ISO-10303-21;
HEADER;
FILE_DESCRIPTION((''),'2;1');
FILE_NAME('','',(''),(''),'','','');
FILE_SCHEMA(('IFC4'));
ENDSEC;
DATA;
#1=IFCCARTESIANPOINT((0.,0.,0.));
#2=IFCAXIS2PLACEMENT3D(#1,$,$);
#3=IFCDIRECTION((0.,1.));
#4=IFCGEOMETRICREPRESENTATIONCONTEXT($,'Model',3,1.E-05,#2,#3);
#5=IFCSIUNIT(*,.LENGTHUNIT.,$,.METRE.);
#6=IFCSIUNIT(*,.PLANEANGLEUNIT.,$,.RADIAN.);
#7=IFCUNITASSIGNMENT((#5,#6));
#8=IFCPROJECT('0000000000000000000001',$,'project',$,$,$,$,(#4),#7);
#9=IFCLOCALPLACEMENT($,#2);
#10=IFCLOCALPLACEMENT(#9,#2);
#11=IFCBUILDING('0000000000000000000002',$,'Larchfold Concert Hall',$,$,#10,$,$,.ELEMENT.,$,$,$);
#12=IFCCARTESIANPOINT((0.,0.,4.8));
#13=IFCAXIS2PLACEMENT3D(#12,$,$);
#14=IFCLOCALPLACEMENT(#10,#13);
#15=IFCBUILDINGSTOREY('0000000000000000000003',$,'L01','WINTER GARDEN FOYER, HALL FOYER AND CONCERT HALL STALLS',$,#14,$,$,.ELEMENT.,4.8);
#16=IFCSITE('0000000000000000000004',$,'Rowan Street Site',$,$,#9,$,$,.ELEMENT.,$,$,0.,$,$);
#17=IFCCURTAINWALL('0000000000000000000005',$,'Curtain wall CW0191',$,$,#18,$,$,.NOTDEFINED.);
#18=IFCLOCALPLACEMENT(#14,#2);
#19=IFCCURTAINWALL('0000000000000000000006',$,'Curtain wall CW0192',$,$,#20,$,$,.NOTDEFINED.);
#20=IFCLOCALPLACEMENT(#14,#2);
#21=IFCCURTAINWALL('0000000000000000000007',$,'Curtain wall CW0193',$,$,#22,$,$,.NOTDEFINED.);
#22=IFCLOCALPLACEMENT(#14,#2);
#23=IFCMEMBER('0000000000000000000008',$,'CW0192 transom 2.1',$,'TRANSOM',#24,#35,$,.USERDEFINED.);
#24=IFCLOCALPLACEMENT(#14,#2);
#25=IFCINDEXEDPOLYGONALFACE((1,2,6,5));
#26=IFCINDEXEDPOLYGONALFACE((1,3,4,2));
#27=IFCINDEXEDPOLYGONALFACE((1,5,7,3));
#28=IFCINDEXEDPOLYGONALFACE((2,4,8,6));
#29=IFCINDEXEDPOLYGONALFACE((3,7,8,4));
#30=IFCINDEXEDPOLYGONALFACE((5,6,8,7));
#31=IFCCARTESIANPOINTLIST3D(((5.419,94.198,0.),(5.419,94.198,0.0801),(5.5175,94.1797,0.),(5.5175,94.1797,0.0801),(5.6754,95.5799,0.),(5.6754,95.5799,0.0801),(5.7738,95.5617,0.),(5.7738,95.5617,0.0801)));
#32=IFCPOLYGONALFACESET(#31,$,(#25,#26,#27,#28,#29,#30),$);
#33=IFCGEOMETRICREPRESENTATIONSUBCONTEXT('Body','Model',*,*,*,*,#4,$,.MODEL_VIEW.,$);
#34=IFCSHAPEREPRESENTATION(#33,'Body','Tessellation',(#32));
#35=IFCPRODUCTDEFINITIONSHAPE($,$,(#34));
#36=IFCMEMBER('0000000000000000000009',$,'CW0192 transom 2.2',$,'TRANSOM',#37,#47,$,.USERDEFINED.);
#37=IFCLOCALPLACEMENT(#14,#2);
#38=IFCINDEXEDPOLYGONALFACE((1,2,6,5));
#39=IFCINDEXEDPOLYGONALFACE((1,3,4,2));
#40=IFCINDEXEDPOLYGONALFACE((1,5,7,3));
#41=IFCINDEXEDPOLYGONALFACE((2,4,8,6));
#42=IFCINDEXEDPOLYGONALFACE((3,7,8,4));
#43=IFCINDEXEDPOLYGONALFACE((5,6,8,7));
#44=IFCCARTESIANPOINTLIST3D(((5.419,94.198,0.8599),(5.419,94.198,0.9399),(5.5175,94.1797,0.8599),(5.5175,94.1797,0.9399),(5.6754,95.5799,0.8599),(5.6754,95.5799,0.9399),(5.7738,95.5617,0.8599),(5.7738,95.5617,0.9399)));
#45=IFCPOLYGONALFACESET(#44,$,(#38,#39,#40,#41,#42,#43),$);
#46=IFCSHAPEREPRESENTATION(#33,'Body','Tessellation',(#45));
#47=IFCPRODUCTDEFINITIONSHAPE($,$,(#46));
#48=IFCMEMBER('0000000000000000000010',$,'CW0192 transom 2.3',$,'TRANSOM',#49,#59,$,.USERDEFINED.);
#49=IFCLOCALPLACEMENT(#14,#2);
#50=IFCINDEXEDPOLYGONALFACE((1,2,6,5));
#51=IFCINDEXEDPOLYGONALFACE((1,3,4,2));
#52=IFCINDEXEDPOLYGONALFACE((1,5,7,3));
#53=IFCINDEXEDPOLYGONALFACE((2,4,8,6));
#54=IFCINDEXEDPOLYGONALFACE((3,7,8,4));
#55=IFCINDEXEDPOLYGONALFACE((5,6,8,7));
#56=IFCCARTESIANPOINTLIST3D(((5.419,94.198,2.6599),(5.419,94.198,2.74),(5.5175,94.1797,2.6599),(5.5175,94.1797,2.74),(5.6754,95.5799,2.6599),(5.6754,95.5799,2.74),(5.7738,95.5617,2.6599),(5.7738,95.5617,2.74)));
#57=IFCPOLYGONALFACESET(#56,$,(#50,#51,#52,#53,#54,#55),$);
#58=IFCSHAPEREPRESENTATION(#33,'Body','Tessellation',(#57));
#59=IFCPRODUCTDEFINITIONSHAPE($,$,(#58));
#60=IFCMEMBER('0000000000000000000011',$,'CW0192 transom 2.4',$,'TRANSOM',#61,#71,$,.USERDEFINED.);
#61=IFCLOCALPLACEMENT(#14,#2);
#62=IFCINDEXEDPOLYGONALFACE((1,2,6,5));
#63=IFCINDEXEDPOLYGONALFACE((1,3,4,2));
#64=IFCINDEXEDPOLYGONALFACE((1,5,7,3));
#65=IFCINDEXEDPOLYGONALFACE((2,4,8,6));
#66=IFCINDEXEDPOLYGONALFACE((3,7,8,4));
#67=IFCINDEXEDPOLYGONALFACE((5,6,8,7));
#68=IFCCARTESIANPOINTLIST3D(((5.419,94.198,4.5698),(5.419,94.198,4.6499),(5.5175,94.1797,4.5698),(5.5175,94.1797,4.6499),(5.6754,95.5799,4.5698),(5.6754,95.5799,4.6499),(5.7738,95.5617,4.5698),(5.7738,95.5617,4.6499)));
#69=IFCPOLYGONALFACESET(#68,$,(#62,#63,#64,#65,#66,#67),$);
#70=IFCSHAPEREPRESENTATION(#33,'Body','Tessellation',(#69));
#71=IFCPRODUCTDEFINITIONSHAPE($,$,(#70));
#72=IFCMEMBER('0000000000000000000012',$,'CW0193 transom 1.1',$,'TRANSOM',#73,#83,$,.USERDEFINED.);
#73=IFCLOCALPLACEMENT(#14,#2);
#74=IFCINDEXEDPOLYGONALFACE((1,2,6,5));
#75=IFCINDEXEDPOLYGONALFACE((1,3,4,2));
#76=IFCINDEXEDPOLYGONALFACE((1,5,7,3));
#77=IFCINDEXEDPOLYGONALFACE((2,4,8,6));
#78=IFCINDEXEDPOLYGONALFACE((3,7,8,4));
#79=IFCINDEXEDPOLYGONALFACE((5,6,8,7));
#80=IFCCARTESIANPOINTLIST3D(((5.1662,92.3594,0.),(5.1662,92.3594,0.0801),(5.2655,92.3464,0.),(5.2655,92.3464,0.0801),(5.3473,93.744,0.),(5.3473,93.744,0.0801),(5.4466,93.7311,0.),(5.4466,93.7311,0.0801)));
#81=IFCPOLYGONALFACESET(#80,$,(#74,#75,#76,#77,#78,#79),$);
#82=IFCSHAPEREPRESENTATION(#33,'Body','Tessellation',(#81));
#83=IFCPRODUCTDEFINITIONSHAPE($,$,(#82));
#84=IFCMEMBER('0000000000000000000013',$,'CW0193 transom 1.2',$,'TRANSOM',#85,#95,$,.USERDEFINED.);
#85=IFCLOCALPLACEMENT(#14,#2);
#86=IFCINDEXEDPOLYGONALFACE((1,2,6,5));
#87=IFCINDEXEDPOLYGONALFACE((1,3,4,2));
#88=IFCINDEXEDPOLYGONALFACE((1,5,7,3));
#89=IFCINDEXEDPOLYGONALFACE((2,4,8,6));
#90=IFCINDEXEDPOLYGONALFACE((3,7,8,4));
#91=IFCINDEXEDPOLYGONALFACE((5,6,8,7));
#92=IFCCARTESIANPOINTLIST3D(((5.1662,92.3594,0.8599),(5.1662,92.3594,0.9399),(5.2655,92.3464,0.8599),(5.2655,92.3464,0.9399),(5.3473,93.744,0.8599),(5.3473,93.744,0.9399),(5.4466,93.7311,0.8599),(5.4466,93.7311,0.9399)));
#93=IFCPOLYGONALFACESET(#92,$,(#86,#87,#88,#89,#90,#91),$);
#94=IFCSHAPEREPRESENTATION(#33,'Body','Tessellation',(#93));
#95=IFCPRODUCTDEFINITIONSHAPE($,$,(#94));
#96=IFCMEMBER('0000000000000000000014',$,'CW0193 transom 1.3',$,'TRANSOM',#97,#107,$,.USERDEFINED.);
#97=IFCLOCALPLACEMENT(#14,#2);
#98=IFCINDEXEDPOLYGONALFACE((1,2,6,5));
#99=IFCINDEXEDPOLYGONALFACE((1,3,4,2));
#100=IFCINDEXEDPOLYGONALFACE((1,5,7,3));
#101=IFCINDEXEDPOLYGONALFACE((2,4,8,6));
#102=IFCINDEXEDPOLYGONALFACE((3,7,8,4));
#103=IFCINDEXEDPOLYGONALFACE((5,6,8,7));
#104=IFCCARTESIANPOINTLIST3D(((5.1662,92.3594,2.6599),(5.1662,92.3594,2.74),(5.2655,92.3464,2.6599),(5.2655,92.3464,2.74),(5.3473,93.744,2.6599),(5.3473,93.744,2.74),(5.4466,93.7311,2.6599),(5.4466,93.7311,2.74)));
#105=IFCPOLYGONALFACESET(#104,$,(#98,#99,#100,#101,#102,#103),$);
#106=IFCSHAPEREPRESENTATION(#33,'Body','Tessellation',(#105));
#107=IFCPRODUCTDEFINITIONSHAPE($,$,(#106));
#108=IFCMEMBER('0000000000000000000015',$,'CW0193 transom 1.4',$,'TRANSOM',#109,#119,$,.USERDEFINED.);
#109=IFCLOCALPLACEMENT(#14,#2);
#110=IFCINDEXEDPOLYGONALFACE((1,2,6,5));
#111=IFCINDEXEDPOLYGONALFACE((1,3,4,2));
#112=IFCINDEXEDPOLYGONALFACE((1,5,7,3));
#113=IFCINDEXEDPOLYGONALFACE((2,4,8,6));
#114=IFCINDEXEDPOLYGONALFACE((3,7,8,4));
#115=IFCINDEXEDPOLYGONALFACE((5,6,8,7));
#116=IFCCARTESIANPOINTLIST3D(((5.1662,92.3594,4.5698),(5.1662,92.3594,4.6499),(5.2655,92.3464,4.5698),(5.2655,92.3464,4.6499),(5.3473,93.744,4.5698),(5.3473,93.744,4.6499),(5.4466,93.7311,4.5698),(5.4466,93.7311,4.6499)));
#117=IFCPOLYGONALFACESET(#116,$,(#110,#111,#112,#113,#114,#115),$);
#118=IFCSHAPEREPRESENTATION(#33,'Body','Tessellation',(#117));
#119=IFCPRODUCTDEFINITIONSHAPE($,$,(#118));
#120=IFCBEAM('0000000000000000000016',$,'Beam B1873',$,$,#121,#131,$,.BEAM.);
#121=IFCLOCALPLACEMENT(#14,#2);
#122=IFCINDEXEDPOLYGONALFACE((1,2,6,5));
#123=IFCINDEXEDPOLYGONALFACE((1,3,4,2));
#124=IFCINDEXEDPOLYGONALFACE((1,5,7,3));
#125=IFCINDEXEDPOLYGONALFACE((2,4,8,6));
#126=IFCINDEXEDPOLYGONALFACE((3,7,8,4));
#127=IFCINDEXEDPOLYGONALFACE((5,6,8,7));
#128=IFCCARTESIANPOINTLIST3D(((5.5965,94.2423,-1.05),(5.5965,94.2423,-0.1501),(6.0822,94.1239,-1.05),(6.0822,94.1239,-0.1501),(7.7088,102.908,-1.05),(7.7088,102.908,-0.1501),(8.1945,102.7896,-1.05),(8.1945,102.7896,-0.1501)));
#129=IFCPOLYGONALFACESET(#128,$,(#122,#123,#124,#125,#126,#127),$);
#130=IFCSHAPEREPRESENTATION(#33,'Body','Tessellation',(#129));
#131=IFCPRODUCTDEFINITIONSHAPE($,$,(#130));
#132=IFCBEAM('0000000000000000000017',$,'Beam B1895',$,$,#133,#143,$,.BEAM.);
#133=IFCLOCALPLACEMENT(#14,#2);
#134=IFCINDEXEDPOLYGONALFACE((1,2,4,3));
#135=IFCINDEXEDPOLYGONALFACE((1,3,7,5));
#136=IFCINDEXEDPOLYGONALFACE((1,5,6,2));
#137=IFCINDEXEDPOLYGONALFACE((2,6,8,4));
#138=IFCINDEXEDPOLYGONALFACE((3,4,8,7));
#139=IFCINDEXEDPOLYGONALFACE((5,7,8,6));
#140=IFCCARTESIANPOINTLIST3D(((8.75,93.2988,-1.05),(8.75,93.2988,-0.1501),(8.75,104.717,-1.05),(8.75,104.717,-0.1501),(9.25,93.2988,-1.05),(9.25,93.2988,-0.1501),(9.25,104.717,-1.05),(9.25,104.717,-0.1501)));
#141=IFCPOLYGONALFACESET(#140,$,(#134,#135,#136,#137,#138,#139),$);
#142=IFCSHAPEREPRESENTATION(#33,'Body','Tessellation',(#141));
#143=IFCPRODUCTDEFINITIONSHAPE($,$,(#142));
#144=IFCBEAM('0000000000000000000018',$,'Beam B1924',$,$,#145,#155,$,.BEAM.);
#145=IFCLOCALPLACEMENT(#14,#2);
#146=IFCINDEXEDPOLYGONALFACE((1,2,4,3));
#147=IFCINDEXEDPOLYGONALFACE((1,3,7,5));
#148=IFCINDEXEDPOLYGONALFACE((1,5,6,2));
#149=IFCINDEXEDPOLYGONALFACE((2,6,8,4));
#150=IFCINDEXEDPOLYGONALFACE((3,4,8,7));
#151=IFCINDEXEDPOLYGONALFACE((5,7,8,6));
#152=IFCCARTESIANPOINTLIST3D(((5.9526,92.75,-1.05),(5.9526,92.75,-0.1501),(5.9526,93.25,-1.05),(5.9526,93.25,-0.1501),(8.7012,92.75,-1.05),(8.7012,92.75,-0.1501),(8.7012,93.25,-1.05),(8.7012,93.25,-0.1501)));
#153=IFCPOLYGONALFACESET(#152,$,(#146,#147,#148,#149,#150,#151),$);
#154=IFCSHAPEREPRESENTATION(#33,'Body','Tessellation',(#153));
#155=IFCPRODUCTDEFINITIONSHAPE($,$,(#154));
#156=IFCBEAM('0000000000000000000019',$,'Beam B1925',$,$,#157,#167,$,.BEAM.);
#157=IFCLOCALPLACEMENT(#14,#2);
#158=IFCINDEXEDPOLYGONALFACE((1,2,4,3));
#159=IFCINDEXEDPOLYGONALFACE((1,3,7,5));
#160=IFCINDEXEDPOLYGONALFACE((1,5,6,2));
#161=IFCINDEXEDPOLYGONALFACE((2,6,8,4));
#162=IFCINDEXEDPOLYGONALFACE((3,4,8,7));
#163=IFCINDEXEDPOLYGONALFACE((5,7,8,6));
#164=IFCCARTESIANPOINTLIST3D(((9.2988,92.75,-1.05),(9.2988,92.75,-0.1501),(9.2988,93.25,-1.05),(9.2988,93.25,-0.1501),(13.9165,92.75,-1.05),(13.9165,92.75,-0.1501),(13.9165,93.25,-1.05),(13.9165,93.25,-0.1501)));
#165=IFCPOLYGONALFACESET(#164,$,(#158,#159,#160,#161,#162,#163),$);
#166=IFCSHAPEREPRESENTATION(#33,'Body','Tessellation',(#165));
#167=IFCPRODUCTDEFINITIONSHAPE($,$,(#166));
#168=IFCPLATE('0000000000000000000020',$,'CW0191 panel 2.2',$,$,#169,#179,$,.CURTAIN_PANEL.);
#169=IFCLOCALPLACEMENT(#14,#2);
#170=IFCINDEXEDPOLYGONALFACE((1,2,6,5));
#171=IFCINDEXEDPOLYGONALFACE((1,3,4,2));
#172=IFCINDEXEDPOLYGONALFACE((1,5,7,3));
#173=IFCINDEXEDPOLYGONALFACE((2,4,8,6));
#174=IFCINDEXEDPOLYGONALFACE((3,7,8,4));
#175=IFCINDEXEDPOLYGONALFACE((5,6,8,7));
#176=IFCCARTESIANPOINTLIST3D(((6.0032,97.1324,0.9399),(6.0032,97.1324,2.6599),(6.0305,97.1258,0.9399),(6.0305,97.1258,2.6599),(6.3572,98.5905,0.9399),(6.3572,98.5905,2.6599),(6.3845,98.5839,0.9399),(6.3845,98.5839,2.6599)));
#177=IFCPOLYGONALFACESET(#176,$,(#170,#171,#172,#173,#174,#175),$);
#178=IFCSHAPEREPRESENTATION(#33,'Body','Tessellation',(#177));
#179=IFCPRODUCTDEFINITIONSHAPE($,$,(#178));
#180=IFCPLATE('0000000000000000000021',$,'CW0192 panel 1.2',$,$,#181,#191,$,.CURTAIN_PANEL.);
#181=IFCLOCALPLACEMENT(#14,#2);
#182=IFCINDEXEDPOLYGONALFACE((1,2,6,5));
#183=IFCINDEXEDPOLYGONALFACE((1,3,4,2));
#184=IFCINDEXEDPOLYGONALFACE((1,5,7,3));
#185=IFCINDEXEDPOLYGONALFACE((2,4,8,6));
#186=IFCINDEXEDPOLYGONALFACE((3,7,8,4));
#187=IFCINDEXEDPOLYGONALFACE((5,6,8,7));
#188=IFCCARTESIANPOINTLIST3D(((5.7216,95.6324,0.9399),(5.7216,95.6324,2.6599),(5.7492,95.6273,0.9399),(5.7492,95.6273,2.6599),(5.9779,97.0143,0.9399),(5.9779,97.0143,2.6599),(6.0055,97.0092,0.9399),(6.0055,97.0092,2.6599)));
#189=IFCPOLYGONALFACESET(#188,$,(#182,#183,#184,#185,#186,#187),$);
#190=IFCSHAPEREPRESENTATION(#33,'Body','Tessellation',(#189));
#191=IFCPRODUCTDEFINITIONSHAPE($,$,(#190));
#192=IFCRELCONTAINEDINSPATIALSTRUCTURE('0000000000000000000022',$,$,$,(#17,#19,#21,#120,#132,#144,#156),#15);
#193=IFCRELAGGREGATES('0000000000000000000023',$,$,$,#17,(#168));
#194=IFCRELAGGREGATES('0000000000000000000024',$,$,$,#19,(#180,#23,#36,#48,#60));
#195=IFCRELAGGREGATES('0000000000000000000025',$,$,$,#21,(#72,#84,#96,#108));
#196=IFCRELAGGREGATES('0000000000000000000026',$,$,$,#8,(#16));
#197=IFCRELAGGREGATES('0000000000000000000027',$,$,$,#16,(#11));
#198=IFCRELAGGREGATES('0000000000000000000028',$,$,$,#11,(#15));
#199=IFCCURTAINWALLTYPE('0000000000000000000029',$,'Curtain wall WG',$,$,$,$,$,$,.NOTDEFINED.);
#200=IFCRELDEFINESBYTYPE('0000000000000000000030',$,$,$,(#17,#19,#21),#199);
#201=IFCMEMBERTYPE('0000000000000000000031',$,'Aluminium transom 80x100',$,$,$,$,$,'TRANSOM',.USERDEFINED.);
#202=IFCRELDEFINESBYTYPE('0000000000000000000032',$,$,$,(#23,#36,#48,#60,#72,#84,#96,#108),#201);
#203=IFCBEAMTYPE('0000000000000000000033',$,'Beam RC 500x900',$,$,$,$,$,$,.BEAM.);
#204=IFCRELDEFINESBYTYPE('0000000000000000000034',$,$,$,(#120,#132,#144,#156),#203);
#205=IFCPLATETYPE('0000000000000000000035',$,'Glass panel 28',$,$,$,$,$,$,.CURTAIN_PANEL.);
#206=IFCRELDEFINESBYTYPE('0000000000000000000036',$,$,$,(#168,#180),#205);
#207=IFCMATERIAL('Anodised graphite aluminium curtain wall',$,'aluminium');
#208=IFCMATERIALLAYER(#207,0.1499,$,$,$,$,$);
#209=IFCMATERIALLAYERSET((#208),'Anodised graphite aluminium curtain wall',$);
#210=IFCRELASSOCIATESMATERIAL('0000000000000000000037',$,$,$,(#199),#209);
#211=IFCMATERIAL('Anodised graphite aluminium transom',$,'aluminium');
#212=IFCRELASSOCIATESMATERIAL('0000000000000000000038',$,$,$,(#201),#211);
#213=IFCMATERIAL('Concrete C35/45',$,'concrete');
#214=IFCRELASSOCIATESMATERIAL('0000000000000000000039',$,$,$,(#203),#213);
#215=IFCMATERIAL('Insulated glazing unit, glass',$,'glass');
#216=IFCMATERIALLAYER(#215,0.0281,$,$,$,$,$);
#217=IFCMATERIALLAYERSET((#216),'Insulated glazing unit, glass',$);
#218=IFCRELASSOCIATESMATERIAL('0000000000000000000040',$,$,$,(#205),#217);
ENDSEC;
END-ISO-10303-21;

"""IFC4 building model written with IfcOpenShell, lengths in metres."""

from ifc_helpers import new_model, si_unit, direction, frame, origin, origin_2d, place, context, subcontext, project, spatial, rectangle, extrude, material, layer, layer_set, material_profile, profile_set, type_object, element, aggregate, save


model = new_model("IFC4")

# Units and contexts
model_context = context("Model", 3, precision=1e-05, world=origin(), true_north=direction((0.0, 1.0)))
body_context = subcontext(model_context, "Body", "Model", "MODEL_VIEW")
ifc_project = project(units=[si_unit("LENGTHUNIT", "METRE"), si_unit("PLANEANGLEUNIT", "RADIAN")], contexts=[model_context])

# Site, building, storey
site_placement = place(None, origin())
site = spatial("IfcSite", under=ifc_project, at=site_placement, Name="Rowan Street Site", CompositionType="ELEMENT", RefElevation=0.0)
building_placement = place(site_placement, origin())
building = spatial("IfcBuilding", under=site, at=building_placement, Name="Larchfold Concert Hall", CompositionType="ELEMENT")
storey_placement = place(building_placement, frame((0.0, 0.0, 4.8)))
storey = spatial("IfcBuildingStorey", under=building, at=storey_placement, Name="L01", Description="WINTER GARDEN FOYER, HALL FOYER AND CONCERT HALL STALLS", CompositionType="ELEMENT", Elevation=4.8)

# Curtain wall
ifc_material_1 = material(Name="Anodised graphite aluminium curtain wall", Category="aluminium")
ifc_layer_1 = layer(ifc_material_1, 0.1499)
ifc_layer_set_1 = layer_set([ifc_layer_1], Name="Anodised graphite aluminium curtain wall")
curtain_wall_type = type_object("IfcCurtainWallType", Name="Curtain wall WG", PredefinedType="NOTDEFINED", material=ifc_layer_set_1)
curtain_wall_1_placement = place(storey_placement, origin())
curtain_wall_1 = element("IfcCurtainWall", 1, at=curtain_wall_1_placement, inside=storey, type_object=curtain_wall_type, Name="Curtain wall CW0191", PredefinedType="NOTDEFINED")

# Curtain wall
curtain_wall_2_placement = place(storey_placement, origin())
curtain_wall_2 = element("IfcCurtainWall", 2, at=curtain_wall_2_placement, inside=storey, type_object=curtain_wall_type, Name="Curtain wall CW0192", PredefinedType="NOTDEFINED")

# Curtain wall
curtain_wall_3_placement = place(storey_placement, origin())
curtain_wall_3 = element("IfcCurtainWall", 3, at=curtain_wall_3_placement, inside=storey, type_object=curtain_wall_type, Name="Curtain wall CW0193", PredefinedType="NOTDEFINED")

# Members
ifc_material_2 = material(Name="Anodised graphite aluminium transom", Category="aluminium")
ifc_material_profile_1 = material_profile(ifc_material_2, rectangle(XDim=0.1001, YDim=0.0801, at=origin_2d()))
ifc_profile_set_1 = profile_set([ifc_material_profile_1], Name="Anodised graphite aluminium transom")
member_type_1 = type_object("IfcMemberType", Name="Aluminium transom 80x100", ElementType="TRANSOM", PredefinedType="USERDEFINED", material=ifc_profile_set_1)
member_1_placement = place(storey_placement, frame((5.7246, 95.5708, 0.04), z_axis=(-0.1824, -0.983224, 0.0), x_axis=(0.983224, -0.1824, 0.0)))
member_1 = element("IfcMember", 4, at=member_1_placement, type_object=member_type_1, Name="CW0192 transom 2.1", ObjectType="TRANSOM", PredefinedType="USERDEFINED", context=body_context, shape_type="SweptSolid", body=[
    extrude(rectangle(XDim=0.1001, YDim=0.0801, at=origin_2d()), origin(), (0.0, 0.0, 1.0), 1.4055),
])
member_2_placement = place(storey_placement, frame((5.7246, 95.5708, 0.8999), z_axis=(-0.1824, -0.983224, 0.0), x_axis=(0.983224, -0.1824, 0.0)))
member_2 = element("IfcMember", 5, at=member_2_placement, type_object=member_type_1, Name="CW0192 transom 2.2", ObjectType="TRANSOM", PredefinedType="USERDEFINED", context=body_context, shape_type="SweptSolid", body=[
    extrude(rectangle(XDim=0.1001, YDim=0.0801, at=origin_2d()), origin(), (0.0, 0.0, 1.0), 1.4055),
])
member_3_placement = place(storey_placement, frame((5.7246, 95.5708, 2.7), z_axis=(-0.1824, -0.983224, 0.0), x_axis=(0.983224, -0.1824, 0.0)))
member_3 = element("IfcMember", 6, at=member_3_placement, type_object=member_type_1, Name="CW0192 transom 2.3", ObjectType="TRANSOM", PredefinedType="USERDEFINED", context=body_context, shape_type="SweptSolid", body=[
    extrude(rectangle(XDim=0.1001, YDim=0.0801, at=origin_2d()), origin(), (0.0, 0.0, 1.0), 1.4055),
])
member_4_placement = place(storey_placement, frame((5.7246, 95.5708, 4.6099), z_axis=(-0.1824, -0.983224, 0.0), x_axis=(0.983224, -0.1824, 0.0)))
member_4 = element("IfcMember", 7, at=member_4_placement, type_object=member_type_1, Name="CW0192 transom 2.4", ObjectType="TRANSOM", PredefinedType="USERDEFINED", context=body_context, shape_type="SweptSolid", body=[
    extrude(rectangle(XDim=0.1001, YDim=0.0801, at=origin_2d()), origin(), (0.0, 0.0, 1.0), 1.4055),
])
member_5_placement = place(storey_placement, frame((5.397, 93.7375, 0.04), z_axis=(-0.129713, -0.991552, 0.0), x_axis=(0.991552, -0.129713, 0.0)))
member_5 = element("IfcMember", 8, at=member_5_placement, type_object=member_type_1, Name="CW0193 transom 1.1", ObjectType="TRANSOM", PredefinedType="USERDEFINED", context=body_context, shape_type="SweptSolid", body=[
    extrude(rectangle(XDim=0.1001, YDim=0.0801, at=origin_2d()), origin(), (0.0, 0.0, 1.0), 1.3965),
])
member_6_placement = place(storey_placement, frame((5.397, 93.7375, 0.8999), z_axis=(-0.129713, -0.991552, 0.0), x_axis=(0.991552, -0.129713, 0.0)))
member_6 = element("IfcMember", 9, at=member_6_placement, type_object=member_type_1, Name="CW0193 transom 1.2", ObjectType="TRANSOM", PredefinedType="USERDEFINED", context=body_context, shape_type="SweptSolid", body=[
    extrude(rectangle(XDim=0.1001, YDim=0.0801, at=origin_2d()), origin(), (0.0, 0.0, 1.0), 1.3965),
])
member_7_placement = place(storey_placement, frame((5.397, 93.7375, 2.7), z_axis=(-0.129713, -0.991552, 0.0), x_axis=(0.991552, -0.129713, 0.0)))
member_7 = element("IfcMember", 10, at=member_7_placement, type_object=member_type_1, Name="CW0193 transom 1.3", ObjectType="TRANSOM", PredefinedType="USERDEFINED", context=body_context, shape_type="SweptSolid", body=[
    extrude(rectangle(XDim=0.1001, YDim=0.0801, at=origin_2d()), origin(), (0.0, 0.0, 1.0), 1.3965),
])
member_8_placement = place(storey_placement, frame((5.397, 93.7375, 4.6099), z_axis=(-0.129713, -0.991552, 0.0), x_axis=(0.991552, -0.129713, 0.0)))
member_8 = element("IfcMember", 11, at=member_8_placement, type_object=member_type_1, Name="CW0193 transom 1.4", ObjectType="TRANSOM", PredefinedType="USERDEFINED", context=body_context, shape_type="SweptSolid", body=[
    extrude(rectangle(XDim=0.1001, YDim=0.0801, at=origin_2d()), origin(), (0.0, 0.0, 1.0), 1.3965),
])

# Beams
ifc_material_3 = material(Name="Concrete C35/45", Category="concrete")
ifc_material_profile_2 = material_profile(ifc_material_3, rectangle(XDim=0.5, YDim=0.8999, at=origin_2d()))
ifc_profile_set_2 = profile_set([ifc_material_profile_2], Name="Concrete C35/45")
beam_type = type_object("IfcBeamType", Name="Beam RC 500x900", PredefinedType="BEAM", material=ifc_profile_set_2)
beam_1_placement = place(storey_placement, frame((5.8394, 94.1831, -0.6001), z_axis=(0.236819, 0.971554, 0.0), x_axis=(-0.971554, 0.236819, 0.0)))
element("IfcBeam", 12, at=beam_1_placement, inside=storey, type_object=beam_type, Name="Beam B1873", PredefinedType="BEAM", context=body_context, shape_type="SweptSolid", body=[
    extrude(rectangle(XDim=0.5, YDim=0.8999, at=origin_2d()), origin(), (0.0, 0.0, 1.0), 8.9194),
])
beam_2_placement = place(storey_placement, frame((9.0, 93.2988, -0.6001), z_axis=(0.0, 1.0, 0.0), x_axis=(-1.0, 0.0, 0.0)))
element("IfcBeam", 13, at=beam_2_placement, inside=storey, type_object=beam_type, Name="Beam B1895", PredefinedType="BEAM", context=body_context, shape_type="SweptSolid", body=[
    extrude(rectangle(XDim=0.5, YDim=0.8999, at=origin_2d()), origin(), (0.0, 0.0, 1.0), 11.4182),
])
beam_3_placement = place(storey_placement, frame((5.9526, 93.0, -0.6001), z_axis=(1.0, 0.0, 0.0), x_axis=(0.0, 1.0, 0.0)))
element("IfcBeam", 14, at=beam_3_placement, inside=storey, type_object=beam_type, Name="Beam B1924", PredefinedType="BEAM", context=body_context, shape_type="SweptSolid", body=[
    extrude(rectangle(XDim=0.5, YDim=0.8999, at=origin_2d()), origin(), (0.0, 0.0, 1.0), 2.7485),
])
beam_4_placement = place(storey_placement, frame((9.2988, 93.0, -0.6001), z_axis=(1.0, 0.0, 0.0), x_axis=(0.0, 1.0, 0.0)))
element("IfcBeam", 15, at=beam_4_placement, inside=storey, type_object=beam_type, Name="Beam B1925", PredefinedType="BEAM", context=body_context, shape_type="SweptSolid", body=[
    extrude(rectangle(XDim=0.5, YDim=0.8999, at=origin_2d()), origin(), (0.0, 0.0, 1.0), 4.6177),
])

# Plates
ifc_material_4 = material(Name="Insulated glazing unit, glass", Category="glass")
ifc_layer_2 = layer(ifc_material_4, 0.0281)
ifc_layer_set_2 = layer_set([ifc_layer_2], Name="Insulated glazing unit, glass")
plate_type_1 = type_object("IfcPlateType", Name="Glass panel 28", PredefinedType="CURTAIN_PANEL", material=ifc_layer_set_2)
plate_1_placement = place(storey_placement, frame((6.1938, 97.8582, 0.9399), z_axis=(0.0, 0.0, 1.0), x_axis=(-0.235938, -0.971768, 0.0)))
plate_1 = element("IfcPlate", 16, at=plate_1_placement, type_object=plate_type_1, Name="CW0191 panel 2.2", PredefinedType="CURTAIN_PANEL", context=body_context, shape_type="SweptSolid", body=[
    extrude(rectangle(XDim=1.5005, YDim=0.0281, at=origin_2d()), origin(), (0.0, 0.0, 1.0), 1.72),
])
plate_2_placement = place(storey_placement, frame((5.8635, 96.3208, 0.9399), z_axis=(0.0, 0.0, 1.0), x_axis=(-0.182346, -0.983234, 0.0)))
plate_2 = element("IfcPlate", 17, at=plate_2_placement, type_object=plate_type_1, Name="CW0192 panel 1.2", PredefinedType="CURTAIN_PANEL", context=body_context, shape_type="SweptSolid", body=[
    extrude(rectangle(XDim=1.4055, YDim=0.0281, at=origin_2d()), origin(), (0.0, 0.0, 1.0), 1.72),
])
aggregate(curtain_wall_1, [plate_1])
aggregate(curtain_wall_2, [plate_2, member_1, member_2, member_3, member_4])
aggregate(curtain_wall_3, [member_5, member_6, member_7, member_8])

save(model, "model.ifc")
